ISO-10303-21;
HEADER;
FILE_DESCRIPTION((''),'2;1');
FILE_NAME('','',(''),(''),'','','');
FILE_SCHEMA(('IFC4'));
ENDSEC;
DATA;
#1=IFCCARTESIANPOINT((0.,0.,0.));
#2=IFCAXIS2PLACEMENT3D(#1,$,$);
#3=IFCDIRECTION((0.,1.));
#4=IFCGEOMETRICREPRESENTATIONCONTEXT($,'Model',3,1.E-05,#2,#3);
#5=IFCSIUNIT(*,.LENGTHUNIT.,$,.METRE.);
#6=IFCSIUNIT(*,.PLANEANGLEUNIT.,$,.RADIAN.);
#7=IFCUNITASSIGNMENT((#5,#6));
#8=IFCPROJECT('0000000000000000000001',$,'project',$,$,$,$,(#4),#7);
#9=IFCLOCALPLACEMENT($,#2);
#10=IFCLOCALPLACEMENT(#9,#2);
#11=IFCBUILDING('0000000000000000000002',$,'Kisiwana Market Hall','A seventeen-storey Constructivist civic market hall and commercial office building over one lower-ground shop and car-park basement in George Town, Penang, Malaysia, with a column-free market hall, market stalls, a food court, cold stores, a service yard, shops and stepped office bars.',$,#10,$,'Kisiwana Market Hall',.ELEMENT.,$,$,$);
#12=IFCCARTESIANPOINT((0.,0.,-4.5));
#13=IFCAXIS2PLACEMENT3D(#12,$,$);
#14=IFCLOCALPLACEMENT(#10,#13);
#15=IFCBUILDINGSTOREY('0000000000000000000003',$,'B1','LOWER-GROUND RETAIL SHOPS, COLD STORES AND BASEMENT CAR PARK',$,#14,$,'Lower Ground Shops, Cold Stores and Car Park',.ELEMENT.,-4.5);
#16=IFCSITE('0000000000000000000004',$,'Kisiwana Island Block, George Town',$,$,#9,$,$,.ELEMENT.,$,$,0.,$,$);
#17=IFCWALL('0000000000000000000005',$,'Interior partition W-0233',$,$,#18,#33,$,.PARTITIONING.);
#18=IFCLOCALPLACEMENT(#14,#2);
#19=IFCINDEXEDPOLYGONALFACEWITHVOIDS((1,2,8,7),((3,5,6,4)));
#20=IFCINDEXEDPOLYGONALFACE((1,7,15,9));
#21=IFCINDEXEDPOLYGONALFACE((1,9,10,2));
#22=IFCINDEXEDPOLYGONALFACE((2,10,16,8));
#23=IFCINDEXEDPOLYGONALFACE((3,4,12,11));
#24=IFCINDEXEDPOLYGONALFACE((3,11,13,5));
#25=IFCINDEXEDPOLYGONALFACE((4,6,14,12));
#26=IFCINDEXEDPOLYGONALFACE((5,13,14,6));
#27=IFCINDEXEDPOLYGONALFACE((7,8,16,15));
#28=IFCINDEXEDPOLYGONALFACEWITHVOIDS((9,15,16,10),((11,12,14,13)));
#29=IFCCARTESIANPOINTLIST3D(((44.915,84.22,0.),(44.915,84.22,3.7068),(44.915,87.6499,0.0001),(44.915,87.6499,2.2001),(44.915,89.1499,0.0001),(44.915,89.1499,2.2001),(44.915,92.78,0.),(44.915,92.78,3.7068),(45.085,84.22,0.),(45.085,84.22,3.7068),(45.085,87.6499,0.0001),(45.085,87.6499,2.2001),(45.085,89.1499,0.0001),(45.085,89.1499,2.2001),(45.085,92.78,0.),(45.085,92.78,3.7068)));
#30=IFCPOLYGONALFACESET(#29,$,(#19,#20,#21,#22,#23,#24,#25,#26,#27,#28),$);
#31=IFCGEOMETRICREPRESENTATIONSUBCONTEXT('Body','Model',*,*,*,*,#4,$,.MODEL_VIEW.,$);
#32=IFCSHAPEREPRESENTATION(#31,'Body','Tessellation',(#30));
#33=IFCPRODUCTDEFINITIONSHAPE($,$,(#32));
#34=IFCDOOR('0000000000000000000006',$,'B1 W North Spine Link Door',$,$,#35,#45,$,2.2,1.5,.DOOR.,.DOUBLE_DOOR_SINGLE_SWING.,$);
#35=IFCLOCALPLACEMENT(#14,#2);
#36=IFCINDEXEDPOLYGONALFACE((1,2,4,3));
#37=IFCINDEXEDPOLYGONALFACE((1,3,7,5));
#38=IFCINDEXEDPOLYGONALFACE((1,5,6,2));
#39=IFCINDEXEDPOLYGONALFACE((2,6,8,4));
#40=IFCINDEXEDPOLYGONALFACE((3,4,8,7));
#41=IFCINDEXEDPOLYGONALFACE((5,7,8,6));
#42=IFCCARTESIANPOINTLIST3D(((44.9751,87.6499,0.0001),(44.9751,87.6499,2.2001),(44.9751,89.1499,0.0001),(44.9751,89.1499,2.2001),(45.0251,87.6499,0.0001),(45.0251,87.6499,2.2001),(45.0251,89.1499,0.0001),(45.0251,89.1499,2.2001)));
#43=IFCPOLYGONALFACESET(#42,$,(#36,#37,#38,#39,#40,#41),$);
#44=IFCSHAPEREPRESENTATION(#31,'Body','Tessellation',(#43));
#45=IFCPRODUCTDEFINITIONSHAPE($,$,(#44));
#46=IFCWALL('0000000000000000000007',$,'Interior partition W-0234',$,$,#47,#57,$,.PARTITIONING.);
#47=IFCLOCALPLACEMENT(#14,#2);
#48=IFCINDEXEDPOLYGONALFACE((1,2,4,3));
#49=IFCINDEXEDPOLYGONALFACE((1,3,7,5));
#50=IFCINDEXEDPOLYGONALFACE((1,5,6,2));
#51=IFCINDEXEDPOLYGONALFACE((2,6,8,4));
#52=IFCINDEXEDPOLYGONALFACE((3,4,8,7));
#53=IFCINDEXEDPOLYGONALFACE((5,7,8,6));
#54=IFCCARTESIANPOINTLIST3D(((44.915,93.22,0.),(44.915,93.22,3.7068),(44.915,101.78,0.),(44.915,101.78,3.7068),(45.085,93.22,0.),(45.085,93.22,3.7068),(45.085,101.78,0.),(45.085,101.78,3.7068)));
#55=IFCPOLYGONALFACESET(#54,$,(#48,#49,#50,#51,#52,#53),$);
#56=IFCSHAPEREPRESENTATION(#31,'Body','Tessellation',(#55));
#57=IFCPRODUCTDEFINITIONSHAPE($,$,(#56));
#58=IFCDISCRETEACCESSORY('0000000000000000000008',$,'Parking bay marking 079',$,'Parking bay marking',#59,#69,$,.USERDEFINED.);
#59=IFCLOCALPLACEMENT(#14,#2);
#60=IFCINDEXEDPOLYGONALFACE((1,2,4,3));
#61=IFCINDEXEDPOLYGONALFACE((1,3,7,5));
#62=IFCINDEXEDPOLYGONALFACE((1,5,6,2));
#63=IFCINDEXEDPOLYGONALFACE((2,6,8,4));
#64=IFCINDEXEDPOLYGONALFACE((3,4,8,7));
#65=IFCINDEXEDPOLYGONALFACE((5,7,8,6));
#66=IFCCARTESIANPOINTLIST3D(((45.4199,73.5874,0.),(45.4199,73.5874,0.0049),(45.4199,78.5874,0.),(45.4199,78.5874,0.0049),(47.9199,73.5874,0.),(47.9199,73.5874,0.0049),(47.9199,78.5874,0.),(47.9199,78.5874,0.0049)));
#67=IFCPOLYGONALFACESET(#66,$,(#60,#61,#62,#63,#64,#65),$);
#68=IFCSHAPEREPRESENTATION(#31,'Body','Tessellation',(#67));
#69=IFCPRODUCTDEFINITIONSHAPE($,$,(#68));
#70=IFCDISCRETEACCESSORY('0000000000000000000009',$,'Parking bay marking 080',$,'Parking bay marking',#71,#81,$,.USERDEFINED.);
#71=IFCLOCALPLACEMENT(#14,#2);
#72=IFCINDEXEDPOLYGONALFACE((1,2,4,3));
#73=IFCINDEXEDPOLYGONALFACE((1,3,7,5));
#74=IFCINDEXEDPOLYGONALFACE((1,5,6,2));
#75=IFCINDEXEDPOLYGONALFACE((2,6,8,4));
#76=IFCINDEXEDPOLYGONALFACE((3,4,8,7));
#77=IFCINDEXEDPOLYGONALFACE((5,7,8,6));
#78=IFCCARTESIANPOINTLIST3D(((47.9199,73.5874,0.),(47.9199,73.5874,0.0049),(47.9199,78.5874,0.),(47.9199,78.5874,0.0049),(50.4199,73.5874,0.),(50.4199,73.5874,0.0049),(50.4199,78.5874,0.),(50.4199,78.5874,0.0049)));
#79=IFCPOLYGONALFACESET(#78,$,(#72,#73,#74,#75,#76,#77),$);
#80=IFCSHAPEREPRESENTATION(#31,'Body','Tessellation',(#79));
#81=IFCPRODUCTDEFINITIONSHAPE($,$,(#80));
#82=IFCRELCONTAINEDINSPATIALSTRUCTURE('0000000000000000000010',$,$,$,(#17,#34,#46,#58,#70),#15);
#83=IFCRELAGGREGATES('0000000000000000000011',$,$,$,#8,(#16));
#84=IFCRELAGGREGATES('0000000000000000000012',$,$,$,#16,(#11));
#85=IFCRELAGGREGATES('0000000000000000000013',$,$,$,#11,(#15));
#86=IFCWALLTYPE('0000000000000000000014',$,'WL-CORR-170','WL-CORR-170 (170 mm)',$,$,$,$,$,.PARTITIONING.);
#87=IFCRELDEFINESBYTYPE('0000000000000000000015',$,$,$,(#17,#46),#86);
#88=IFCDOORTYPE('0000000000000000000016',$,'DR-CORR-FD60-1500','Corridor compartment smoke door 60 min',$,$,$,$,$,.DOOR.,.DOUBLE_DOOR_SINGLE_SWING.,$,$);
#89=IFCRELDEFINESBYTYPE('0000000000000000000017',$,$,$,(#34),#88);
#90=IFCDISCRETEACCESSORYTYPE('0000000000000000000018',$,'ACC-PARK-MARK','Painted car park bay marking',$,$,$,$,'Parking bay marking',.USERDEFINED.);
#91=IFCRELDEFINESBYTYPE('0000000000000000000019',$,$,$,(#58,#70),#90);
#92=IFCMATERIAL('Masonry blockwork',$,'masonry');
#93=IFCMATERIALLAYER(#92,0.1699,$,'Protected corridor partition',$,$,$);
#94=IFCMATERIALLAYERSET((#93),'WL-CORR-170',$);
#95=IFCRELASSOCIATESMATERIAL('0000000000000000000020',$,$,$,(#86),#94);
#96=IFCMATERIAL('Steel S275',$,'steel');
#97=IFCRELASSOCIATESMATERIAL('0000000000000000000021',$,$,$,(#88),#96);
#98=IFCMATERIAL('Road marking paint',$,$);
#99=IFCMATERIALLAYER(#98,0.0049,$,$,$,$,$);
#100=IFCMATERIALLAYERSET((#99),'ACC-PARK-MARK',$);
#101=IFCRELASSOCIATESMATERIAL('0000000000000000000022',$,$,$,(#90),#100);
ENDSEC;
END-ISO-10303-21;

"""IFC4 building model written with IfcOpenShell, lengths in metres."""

from ifc_helpers import new_model, si_unit, direction, frame, frame_2d, origin, origin_2d, place, context, subcontext, project, spatial, rectangle, extrude, material, layer, layer_set, type_object, element, fill, save


model = new_model("IFC4")

# Units and contexts
model_context = context("Model", 3, precision=1e-05, world=origin(), true_north=direction((0.0, 1.0)))
body_context = subcontext(model_context, "Body", "Model", "MODEL_VIEW")
ifc_project = project(units=[si_unit("LENGTHUNIT", "METRE"), si_unit("PLANEANGLEUNIT", "RADIAN")], contexts=[model_context])

# Site, building, storey
site_placement = place(None, origin())
site = spatial("IfcSite", under=ifc_project, at=site_placement, Name="Kisiwana Island Block, George Town", CompositionType="ELEMENT", RefElevation=0.0)
building_placement = place(site_placement, origin())
building = spatial("IfcBuilding", under=site, at=building_placement, Name="Kisiwana Market Hall", Description="A seventeen-storey Constructivist civic market hall and commercial office building over one lower-ground shop and car-park basement in George Town, Penang, Malaysia, with a column-free market hall, market stalls, a food court, cold stores, a service yard, shops and stepped office bars.", LongName="Kisiwana Market Hall", CompositionType="ELEMENT")
storey_placement = place(building_placement, frame((0.0, 0.0, -4.5)))
storey = spatial("IfcBuildingStorey", under=building, at=storey_placement, Name="B1", Description="LOWER-GROUND RETAIL SHOPS, COLD STORES AND BASEMENT CAR PARK", LongName="Lower Ground Shops, Cold Stores and Car Park", CompositionType="ELEMENT", Elevation=-4.5)

# Wall, opening, door
ifc_material_1 = material(Name="Masonry blockwork", Category="masonry")
ifc_layer_1 = layer(ifc_material_1, 0.1699, Name="Protected corridor partition")
ifc_layer_set_1 = layer_set([ifc_layer_1], Name="WL-CORR-170")
wall_type_1 = type_object("IfcWallType", Name="WL-CORR-170", Description="WL-CORR-170 (170 mm)", PredefinedType="PARTITIONING", material=ifc_layer_set_1)
wall_1_placement = place(storey_placement, frame((45.0, 84.22, 0.0), z_axis=(0.0, 0.0, 1.0), x_axis=(0.0, 1.0, 0.0)))
wall_1 = element("IfcWall", 1, at=wall_1_placement, inside=storey, type_object=wall_type_1, Name="Interior partition W-0233", PredefinedType="PARTITIONING", context=body_context, shape_type="SweptSolid", body=[
    extrude(rectangle(XDim=8.5601, YDim=0.1699, at=frame_2d((4.28, 0.0))), origin(), (0.0, 0.0, 1.0), 3.7068),
])
opening_1_placement = place(wall_1_placement, frame((3.4299, 0.0, 0.0)))
opening_1 = element("IfcOpeningElement", 2, at=opening_1_placement, cuts=wall_1, PredefinedType="OPENING", context=body_context, shape_type="SweptSolid", body=[
    extrude(rectangle(XDim=1.5, YDim=2.2, at=frame_2d((0.75, 1.1001))), frame((0.0, 0.0969, 0.0), z_axis=(0.0, -1.0, 0.0), x_axis=(1.0, 0.0, 0.0)), (0.0, 0.0, 1.0), 0.1938),
])
ifc_material_2 = material(Name="Steel S275", Category="steel")
door_type_1 = type_object("IfcDoorType", Name="DR-CORR-FD60-1500", Description="Corridor compartment smoke door 60 min", OperationType="DOUBLE_DOOR_SINGLE_SWING", PredefinedType="DOOR", material=ifc_material_2)
door_1_placement = place(opening_1_placement, origin())
door_1 = element("IfcDoor", 3, at=door_1_placement, inside=storey, type_object=door_type_1, Name="B1 W North Spine Link Door", OperationType="DOUBLE_DOOR_SINGLE_SWING", OverallHeight=2.2, OverallWidth=1.5, PredefinedType="DOOR", context=body_context, shape_type="SweptSolid", body=[
    extrude(rectangle(XDim=1.5, YDim=2.2, at=frame_2d((0.75, 1.1001))), frame((0.0, 0.0249, 0.0), z_axis=(0.0, -1.0, 0.0), x_axis=(1.0, 0.0, 0.0)), (0.0, 0.0, 1.0), 0.05),
])
fill(opening_1, door_1)

# Wall
wall_2_placement = place(storey_placement, frame((45.0, 93.22, 0.0), z_axis=(0.0, 0.0, 1.0), x_axis=(0.0, 1.0, 0.0)))
element("IfcWall", 4, at=wall_2_placement, inside=storey, type_object=wall_type_1, Name="Interior partition W-0234", PredefinedType="PARTITIONING", context=body_context, shape_type="SweptSolid", body=[
    extrude(rectangle(XDim=8.5601, YDim=0.1699, at=frame_2d((4.28, 0.0))), origin(), (0.0, 0.0, 1.0), 3.7068),
])

# Discrete accessories
ifc_material_3 = material(Name="Road marking paint")
ifc_layer_2 = layer(ifc_material_3, 0.0049)
ifc_layer_set_2 = layer_set([ifc_layer_2], Name="ACC-PARK-MARK")
discrete_accessory_type = type_object("IfcDiscreteAccessoryType", Name="ACC-PARK-MARK", Description="Painted car park bay marking", ElementType="Parking bay marking", PredefinedType="USERDEFINED", material=ifc_layer_set_2)
for number, where, z_axis, x_axis, name in (
    (5, (46.6699, 76.0874, 0.0), (0.0, 0.0, 1.0), (1.0, 0.0, 0.0), "Parking bay marking 079"),
    (6, (49.1699, 76.0874, 0.0), (0.0, 0.0, 1.0), (1.0, 0.0, 0.0), "Parking bay marking 080"),
):
    element("IfcDiscreteAccessory", number, at=place(storey_placement, frame(where, z_axis=z_axis, x_axis=x_axis)), inside=storey, type_object=discrete_accessory_type, Name=name, ObjectType="Parking bay marking", PredefinedType="USERDEFINED", context=body_context, shape_type="SweptSolid", body=[
        extrude(rectangle(XDim=2.5, YDim=5.0, at=origin_2d()), origin(), (0.0, 0.0, 1.0), 0.0049),
    ])

save(model, "model.ifc")
